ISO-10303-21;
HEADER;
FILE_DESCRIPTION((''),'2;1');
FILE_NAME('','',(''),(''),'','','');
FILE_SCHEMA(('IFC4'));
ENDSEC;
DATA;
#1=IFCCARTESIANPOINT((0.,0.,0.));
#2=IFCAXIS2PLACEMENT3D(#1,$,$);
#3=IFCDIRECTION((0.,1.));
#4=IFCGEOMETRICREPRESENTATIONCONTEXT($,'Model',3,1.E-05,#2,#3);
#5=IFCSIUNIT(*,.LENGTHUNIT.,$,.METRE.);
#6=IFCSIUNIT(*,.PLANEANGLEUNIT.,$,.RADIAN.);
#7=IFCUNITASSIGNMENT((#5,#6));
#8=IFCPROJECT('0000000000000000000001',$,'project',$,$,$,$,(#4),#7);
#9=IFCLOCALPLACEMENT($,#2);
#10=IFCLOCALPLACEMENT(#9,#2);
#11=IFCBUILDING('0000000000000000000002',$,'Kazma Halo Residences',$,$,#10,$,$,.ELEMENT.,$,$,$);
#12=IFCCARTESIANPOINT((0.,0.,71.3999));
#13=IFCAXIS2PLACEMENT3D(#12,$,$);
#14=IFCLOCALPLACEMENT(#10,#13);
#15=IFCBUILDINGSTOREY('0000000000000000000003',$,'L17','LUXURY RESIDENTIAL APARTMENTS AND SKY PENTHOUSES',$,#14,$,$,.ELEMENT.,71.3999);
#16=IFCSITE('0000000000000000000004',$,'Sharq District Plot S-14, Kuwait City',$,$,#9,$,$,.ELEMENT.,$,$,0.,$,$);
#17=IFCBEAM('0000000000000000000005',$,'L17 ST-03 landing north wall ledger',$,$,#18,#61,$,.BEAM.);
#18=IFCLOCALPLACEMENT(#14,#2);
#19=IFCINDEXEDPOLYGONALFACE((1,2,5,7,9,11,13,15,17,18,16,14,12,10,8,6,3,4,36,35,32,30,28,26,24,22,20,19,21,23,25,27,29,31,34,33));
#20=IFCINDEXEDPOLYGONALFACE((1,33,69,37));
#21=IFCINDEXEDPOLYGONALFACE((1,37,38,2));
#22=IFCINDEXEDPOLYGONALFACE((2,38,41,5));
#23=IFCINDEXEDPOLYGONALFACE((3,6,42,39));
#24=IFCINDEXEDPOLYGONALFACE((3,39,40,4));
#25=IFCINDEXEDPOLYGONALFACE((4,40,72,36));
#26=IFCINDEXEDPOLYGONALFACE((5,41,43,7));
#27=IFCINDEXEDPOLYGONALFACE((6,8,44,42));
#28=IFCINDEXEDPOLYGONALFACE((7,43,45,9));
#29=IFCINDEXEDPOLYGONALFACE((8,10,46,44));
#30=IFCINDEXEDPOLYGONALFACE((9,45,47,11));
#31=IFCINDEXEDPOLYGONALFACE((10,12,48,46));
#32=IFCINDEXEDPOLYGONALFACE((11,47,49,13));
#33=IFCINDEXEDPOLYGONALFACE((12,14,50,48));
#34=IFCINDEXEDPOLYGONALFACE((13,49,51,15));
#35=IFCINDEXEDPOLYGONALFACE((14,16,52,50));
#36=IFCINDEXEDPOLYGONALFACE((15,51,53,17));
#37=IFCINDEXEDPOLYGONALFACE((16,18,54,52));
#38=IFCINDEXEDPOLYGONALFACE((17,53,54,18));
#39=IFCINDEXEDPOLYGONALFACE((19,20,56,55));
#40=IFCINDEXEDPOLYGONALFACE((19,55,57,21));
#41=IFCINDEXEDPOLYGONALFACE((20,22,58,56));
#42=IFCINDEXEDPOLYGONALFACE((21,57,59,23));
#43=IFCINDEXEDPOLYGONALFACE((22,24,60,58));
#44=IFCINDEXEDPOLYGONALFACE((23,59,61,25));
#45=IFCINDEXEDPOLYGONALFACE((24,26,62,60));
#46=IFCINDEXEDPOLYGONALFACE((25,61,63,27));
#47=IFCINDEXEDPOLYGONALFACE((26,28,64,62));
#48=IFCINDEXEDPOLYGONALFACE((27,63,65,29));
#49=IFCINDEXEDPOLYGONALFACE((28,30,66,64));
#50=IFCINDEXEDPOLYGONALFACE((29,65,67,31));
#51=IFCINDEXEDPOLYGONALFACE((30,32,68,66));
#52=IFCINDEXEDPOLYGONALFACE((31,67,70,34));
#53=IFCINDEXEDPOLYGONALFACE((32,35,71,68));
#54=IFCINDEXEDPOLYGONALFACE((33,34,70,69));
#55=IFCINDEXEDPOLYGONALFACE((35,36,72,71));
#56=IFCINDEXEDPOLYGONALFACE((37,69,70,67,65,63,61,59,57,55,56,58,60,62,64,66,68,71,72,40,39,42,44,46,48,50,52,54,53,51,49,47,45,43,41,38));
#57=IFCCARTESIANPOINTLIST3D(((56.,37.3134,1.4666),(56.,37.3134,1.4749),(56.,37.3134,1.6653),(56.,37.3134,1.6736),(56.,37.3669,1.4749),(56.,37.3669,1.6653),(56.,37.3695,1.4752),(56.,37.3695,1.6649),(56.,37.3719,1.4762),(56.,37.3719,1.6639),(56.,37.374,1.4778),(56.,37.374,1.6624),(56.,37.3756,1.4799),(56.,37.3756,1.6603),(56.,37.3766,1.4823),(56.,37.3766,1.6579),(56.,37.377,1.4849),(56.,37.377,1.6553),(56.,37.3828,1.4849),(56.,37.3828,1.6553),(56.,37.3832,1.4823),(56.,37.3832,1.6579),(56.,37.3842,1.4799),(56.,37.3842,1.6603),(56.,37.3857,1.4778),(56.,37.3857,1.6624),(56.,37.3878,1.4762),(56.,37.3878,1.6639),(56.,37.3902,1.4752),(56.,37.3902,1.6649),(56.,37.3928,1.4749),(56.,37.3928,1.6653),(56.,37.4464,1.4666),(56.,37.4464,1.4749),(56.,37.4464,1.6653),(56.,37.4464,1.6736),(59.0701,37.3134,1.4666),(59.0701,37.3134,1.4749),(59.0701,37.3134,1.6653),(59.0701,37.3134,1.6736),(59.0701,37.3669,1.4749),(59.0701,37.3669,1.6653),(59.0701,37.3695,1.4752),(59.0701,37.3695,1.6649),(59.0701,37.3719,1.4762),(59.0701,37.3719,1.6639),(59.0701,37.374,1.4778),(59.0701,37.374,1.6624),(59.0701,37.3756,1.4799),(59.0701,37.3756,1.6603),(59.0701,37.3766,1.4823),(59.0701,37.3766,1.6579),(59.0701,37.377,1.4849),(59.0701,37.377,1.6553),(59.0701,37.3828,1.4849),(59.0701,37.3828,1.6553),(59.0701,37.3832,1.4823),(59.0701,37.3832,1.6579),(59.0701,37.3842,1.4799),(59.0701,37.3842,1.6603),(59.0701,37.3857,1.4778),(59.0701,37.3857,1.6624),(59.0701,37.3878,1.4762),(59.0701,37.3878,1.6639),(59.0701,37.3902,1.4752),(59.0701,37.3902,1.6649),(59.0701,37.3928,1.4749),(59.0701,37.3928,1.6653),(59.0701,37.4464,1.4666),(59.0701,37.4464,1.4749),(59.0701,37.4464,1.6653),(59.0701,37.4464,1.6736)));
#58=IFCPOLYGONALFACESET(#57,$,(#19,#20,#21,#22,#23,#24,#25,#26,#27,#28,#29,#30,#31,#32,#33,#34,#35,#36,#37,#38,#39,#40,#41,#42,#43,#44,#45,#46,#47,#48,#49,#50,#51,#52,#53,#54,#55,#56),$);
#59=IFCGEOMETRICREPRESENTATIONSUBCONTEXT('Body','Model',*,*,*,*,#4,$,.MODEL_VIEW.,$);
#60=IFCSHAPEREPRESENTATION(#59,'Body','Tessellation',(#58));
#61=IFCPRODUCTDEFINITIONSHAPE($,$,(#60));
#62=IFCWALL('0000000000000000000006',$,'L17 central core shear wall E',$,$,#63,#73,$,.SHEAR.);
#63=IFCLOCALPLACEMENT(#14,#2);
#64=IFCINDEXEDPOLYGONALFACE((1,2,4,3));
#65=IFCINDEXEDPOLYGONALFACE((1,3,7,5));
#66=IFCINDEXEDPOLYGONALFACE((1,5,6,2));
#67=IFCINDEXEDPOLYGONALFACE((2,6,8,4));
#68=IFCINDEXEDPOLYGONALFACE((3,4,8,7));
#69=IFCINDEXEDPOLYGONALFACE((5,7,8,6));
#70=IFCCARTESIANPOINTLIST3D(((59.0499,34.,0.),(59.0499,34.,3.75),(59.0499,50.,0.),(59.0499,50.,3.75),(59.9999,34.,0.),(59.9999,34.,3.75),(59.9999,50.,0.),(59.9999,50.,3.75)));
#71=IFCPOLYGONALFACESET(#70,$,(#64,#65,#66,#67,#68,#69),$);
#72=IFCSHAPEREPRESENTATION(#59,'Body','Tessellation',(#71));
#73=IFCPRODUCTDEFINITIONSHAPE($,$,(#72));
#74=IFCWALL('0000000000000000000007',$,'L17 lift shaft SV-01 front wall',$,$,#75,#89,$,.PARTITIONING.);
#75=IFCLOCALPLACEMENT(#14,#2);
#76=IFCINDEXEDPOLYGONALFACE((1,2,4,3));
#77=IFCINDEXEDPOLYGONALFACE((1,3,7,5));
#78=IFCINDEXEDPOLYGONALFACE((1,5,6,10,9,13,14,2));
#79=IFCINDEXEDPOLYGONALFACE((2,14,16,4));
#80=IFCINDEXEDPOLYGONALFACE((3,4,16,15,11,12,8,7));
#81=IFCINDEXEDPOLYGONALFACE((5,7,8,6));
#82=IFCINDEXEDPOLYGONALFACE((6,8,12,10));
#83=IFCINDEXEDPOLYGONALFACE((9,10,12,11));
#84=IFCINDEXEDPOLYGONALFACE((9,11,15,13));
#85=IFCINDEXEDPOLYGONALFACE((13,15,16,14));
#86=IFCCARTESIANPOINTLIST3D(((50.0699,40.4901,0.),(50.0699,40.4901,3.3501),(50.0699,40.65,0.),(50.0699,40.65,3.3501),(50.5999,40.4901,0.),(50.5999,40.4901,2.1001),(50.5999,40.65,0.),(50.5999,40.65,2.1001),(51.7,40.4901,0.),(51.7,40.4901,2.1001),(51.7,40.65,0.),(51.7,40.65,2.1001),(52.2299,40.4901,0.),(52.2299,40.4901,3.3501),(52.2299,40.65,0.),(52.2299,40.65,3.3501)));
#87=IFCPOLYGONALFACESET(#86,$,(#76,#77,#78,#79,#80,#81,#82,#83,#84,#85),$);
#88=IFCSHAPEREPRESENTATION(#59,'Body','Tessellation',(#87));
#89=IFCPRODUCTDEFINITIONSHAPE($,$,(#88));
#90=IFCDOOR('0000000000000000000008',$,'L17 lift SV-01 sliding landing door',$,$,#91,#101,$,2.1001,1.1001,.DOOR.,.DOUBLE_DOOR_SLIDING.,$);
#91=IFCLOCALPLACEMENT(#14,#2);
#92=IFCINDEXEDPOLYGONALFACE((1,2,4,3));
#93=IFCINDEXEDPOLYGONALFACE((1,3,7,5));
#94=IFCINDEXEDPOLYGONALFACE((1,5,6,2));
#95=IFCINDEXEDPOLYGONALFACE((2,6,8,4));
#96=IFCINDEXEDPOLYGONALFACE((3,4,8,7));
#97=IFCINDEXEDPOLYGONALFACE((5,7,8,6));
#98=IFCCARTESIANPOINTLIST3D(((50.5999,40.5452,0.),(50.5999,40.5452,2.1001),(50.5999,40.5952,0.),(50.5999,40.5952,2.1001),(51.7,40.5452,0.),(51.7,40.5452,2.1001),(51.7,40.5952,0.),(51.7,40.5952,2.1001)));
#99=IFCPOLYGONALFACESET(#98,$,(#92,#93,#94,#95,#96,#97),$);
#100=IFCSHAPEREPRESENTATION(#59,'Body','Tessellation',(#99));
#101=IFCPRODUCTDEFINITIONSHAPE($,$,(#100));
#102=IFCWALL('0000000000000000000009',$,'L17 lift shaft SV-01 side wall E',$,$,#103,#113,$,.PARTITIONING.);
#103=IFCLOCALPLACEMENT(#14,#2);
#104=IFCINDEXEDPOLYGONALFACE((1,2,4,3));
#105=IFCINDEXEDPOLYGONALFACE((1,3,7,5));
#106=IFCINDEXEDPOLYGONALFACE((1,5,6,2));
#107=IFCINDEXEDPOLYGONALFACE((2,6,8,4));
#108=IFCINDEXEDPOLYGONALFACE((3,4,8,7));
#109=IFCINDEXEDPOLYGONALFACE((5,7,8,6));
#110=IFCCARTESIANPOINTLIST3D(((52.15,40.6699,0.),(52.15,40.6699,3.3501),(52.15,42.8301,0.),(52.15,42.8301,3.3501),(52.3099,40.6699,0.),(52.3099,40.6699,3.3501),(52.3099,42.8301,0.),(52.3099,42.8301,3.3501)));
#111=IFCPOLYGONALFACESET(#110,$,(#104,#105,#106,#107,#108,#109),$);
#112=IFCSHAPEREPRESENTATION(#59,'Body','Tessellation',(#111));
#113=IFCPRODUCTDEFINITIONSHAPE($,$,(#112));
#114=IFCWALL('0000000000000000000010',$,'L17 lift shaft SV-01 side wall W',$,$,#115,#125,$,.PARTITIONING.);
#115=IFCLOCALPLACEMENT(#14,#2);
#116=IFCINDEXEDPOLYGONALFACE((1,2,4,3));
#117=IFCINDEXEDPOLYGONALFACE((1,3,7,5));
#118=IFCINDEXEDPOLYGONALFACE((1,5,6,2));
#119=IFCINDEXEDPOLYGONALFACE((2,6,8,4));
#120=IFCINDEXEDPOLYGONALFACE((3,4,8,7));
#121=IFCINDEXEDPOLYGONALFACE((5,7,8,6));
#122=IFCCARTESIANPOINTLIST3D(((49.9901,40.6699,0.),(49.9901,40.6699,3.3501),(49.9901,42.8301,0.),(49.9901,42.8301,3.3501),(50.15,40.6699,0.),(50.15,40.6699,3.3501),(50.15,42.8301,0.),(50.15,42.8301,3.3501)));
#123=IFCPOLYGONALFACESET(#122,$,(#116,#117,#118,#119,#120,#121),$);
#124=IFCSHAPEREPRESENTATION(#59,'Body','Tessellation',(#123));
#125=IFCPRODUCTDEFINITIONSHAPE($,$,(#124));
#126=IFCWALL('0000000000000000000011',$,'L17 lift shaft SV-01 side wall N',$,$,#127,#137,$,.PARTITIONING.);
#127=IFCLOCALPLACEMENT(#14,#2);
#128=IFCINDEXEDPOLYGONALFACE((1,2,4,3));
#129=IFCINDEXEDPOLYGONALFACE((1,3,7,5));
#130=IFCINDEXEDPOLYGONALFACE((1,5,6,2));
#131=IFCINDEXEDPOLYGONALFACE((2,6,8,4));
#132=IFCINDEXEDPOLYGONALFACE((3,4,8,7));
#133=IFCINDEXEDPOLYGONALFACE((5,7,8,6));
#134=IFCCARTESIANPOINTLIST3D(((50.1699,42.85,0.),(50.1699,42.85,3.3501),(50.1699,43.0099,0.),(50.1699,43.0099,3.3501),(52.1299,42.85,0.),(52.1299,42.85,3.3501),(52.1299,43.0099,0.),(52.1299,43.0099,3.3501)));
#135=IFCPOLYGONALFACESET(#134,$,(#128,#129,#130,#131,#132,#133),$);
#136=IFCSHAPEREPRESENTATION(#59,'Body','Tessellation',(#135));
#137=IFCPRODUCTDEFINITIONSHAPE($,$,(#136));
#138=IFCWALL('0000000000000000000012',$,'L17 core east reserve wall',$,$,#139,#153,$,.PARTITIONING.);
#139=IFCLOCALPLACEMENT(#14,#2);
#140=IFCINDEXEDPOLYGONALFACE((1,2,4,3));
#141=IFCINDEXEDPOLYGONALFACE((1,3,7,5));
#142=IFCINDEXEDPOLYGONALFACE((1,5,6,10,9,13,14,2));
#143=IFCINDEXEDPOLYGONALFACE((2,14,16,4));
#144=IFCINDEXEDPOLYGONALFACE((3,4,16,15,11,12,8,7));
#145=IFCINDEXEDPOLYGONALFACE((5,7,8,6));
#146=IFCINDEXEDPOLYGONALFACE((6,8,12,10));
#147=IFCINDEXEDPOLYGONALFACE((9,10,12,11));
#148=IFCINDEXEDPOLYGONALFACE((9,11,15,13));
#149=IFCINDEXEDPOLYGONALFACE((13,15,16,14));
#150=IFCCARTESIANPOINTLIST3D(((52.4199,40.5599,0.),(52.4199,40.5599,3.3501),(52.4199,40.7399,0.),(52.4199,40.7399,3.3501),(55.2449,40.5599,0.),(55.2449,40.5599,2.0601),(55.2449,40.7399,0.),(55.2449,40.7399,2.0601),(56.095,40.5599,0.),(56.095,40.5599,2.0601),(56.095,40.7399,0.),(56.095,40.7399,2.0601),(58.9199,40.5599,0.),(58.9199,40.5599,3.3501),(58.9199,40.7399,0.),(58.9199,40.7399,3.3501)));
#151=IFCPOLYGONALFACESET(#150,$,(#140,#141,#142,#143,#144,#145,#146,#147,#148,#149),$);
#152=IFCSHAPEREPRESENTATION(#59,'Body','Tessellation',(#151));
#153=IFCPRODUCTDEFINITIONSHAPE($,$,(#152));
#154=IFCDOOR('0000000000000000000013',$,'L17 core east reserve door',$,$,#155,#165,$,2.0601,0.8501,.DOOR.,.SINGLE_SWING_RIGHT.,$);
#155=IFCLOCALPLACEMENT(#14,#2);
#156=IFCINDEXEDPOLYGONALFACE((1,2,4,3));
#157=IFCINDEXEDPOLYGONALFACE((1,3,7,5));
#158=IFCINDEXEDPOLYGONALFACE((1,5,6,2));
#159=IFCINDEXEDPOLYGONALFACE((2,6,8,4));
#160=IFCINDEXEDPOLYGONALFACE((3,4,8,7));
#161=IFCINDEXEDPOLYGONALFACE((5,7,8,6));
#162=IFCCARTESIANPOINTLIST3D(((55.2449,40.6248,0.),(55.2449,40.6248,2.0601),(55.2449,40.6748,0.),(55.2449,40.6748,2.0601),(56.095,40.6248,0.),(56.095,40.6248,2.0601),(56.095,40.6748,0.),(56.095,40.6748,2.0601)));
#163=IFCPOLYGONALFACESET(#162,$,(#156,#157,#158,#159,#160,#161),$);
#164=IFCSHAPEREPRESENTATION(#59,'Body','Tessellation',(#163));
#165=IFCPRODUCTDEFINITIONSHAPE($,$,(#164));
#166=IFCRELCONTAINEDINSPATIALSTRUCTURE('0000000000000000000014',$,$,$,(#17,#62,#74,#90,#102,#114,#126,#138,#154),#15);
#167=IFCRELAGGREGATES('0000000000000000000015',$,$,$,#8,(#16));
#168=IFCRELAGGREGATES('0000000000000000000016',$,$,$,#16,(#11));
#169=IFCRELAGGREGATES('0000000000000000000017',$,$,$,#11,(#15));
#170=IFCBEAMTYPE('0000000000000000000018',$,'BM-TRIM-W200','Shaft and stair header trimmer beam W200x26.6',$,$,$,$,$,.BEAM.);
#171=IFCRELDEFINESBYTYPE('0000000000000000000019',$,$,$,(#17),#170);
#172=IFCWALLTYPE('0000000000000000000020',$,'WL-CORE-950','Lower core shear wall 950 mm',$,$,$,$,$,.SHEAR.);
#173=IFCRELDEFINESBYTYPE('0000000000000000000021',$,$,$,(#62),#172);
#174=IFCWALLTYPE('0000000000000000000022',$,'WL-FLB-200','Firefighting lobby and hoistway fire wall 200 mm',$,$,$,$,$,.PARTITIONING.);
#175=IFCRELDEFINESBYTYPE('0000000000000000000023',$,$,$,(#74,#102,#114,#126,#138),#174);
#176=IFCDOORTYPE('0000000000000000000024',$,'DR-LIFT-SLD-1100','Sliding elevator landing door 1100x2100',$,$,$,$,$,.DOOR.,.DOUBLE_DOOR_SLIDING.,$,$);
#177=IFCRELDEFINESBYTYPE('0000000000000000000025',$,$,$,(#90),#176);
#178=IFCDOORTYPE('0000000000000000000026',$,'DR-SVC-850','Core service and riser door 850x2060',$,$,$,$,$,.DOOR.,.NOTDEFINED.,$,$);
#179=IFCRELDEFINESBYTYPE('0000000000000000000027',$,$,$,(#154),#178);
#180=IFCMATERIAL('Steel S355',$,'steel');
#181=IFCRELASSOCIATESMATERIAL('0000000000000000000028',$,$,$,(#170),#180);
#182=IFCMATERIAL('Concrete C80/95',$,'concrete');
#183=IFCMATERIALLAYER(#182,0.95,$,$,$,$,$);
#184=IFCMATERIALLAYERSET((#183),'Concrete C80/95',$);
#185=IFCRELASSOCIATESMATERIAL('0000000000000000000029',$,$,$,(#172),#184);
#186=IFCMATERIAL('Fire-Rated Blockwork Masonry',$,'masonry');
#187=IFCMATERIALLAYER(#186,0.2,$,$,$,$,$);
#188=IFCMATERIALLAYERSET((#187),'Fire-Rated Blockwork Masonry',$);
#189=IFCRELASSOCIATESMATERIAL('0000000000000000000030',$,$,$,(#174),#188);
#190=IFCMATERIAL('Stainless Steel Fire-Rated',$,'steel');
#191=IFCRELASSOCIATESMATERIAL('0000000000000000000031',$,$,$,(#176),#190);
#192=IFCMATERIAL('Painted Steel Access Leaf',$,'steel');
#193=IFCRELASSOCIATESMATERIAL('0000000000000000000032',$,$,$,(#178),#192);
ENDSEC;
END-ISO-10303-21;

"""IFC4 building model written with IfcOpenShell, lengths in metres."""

from ifc_helpers import new_model, si_unit, direction, frame, frame_2d, origin, origin_2d, place, context, subcontext, project, spatial, rectangle, i_section, extrude, material, layer, layer_set, material_profile, profile_set, type_object, element, fill, save


model = new_model("IFC4")

# Units and contexts
model_context = context("Model", 3, precision=1e-05, world=origin(), true_north=direction((0.0, 1.0)))
body_context = subcontext(model_context, "Body", "Model", "MODEL_VIEW")
ifc_project = project(units=[si_unit("LENGTHUNIT", "METRE"), si_unit("PLANEANGLEUNIT", "RADIAN")], contexts=[model_context])

# Site, building, storey
site_placement = place(None, origin())
site = spatial("IfcSite", under=ifc_project, at=site_placement, Name="Sharq District Plot S-14, Kuwait City", CompositionType="ELEMENT", RefElevation=0.0)
building_placement = place(site_placement, origin())
building = spatial("IfcBuilding", under=site, at=building_placement, Name="Kazma Halo Residences", CompositionType="ELEMENT")
storey_placement = place(building_placement, frame((0.0, 0.0, 71.3999)))
storey = spatial("IfcBuildingStorey", under=building, at=storey_placement, Name="L17", Description="LUXURY RESIDENTIAL APARTMENTS AND SKY PENTHOUSES", CompositionType="ELEMENT", Elevation=71.3999)

# Shared definitions
ifc_material_1 = material(Name="Steel S355", Category="steel")

# Beam
ifc_material_profile_1 = material_profile(ifc_material_1, i_section(OverallWidth=0.1331, OverallDepth=0.207, WebThickness=0.0059, FlangeThickness=0.0083, FilletRadius=0.01, at=origin_2d()), Name="W200x26.6")
ifc_profile_set_1 = profile_set([ifc_material_profile_1], Name="Steel S355")
beam_type_1 = type_object("IfcBeamType", Name="BM-TRIM-W200", Description="Shaft and stair header trimmer beam W200x26.6", PredefinedType="BEAM", material=ifc_profile_set_1)
beam_1_placement = place(storey_placement, frame((56.0, 37.3799, 1.5701), z_axis=(1.0, 0.0, 0.0), x_axis=(0.0, 1.0, 0.0)))
element("IfcBeam", 1, at=beam_1_placement, inside=storey, type_object=beam_type_1, Name="L17 ST-03 landing north wall ledger", PredefinedType="BEAM", context=body_context, shape_type="SweptSolid", body=[
    extrude(i_section(OverallWidth=0.1331, OverallDepth=0.207, WebThickness=0.0059, FlangeThickness=0.0083, FilletRadius=0.01, at=origin_2d()), origin(), (0.0, 0.0, 1.0), 3.0701),
])

# Wall
ifc_material_2 = material(Name="Concrete C80/95", Category="concrete")
ifc_layer_1 = layer(ifc_material_2, 0.95)
ifc_layer_set_1 = layer_set([ifc_layer_1], Name="Concrete C80/95")
wall_type_1 = type_object("IfcWallType", Name="WL-CORE-950", Description="Lower core shear wall 950 mm", PredefinedType="SHEAR", material=ifc_layer_set_1)
wall_1_placement = place(storey_placement, frame((59.5249, 34.0, 0.0), z_axis=(0.0, 0.0, 1.0), x_axis=(0.0, 1.0, 0.0)))
element("IfcWall", 2, at=wall_1_placement, inside=storey, type_object=wall_type_1, Name="L17 central core shear wall E", PredefinedType="SHEAR", context=body_context, shape_type="SweptSolid", body=[
    extrude(rectangle(XDim=16.0, YDim=0.95, at=frame_2d((8.0, 0.0))), origin(), (0.0, 0.0, 1.0), 3.75),
])

# Wall, opening, door
ifc_material_3 = material(Name="Fire-Rated Blockwork Masonry", Category="masonry")
ifc_layer_2 = layer(ifc_material_3, 0.2)
ifc_layer_set_2 = layer_set([ifc_layer_2], Name="Fire-Rated Blockwork Masonry")
wall_type_2 = type_object("IfcWallType", Name="WL-FLB-200", Description="Firefighting lobby and hoistway fire wall 200 mm", PredefinedType="PARTITIONING", material=ifc_layer_set_2)
wall_2_placement = place(storey_placement, frame((52.23, 40.5701, 0.0), z_axis=(0.0, 0.0, 1.0), x_axis=(-1.0, 0.0, 0.0)))
wall_2 = element("IfcWall", 3, at=wall_2_placement, inside=storey, type_object=wall_type_2, Name="L17 lift shaft SV-01 front wall", PredefinedType="PARTITIONING", context=body_context, shape_type="SweptSolid", body=[
    extrude(rectangle(XDim=2.1599, YDim=0.1599, at=frame_2d((1.0801, 0.0))), origin(), (0.0, 0.0, 1.0), 3.3501),
])
opening_1_placement = place(wall_2_placement, frame((0.53, 0.0, 0.0)))
opening_1 = element("IfcOpeningElement", 4, at=opening_1_placement, cuts=wall_2, PredefinedType="OPENING", context=body_context, shape_type="SweptSolid", body=[
    extrude(rectangle(XDim=1.1001, YDim=2.1001, at=frame_2d((0.55, 1.05))), frame((0.0, 0.0898, 0.0), z_axis=(0.0, -1.0, 0.0), x_axis=(1.0, 0.0, 0.0)), (0.0, 0.0, 1.0), 0.1799),
])
ifc_material_4 = material(Name="Stainless Steel Fire-Rated", Category="steel")
door_type_1 = type_object("IfcDoorType", Name="DR-LIFT-SLD-1100", Description="Sliding elevator landing door 1100x2100", OperationType="DOUBLE_DOOR_SLIDING", PredefinedType="DOOR", material=ifc_material_4)
door_1_placement = place(opening_1_placement, origin())
door_1 = element("IfcDoor", 5, at=door_1_placement, inside=storey, type_object=door_type_1, Name="L17 lift SV-01 sliding landing door", OperationType="DOUBLE_DOOR_SLIDING", OverallHeight=2.1001, OverallWidth=1.1001, PredefinedType="DOOR", context=body_context, shape_type="SweptSolid", body=[
    extrude(rectangle(XDim=1.1001, YDim=2.1001, at=frame_2d((0.55, 1.05))), frame((0.0, 0.0249, 0.0), z_axis=(0.0, -1.0, 0.0), x_axis=(1.0, 0.0, 0.0)), (0.0, 0.0, 1.0), 0.05),
])
fill(opening_1, door_1)

# Walls
for number, where, z_axis, x_axis, name in (
    (6, (52.23, 40.6699, 0.0), (0.0, 0.0, 1.0), (0.0, 1.0, 0.0), "L17 lift shaft SV-01 side wall E"),
    (7, (50.0701, 40.6699, 0.0), (0.0, 0.0, 1.0), (0.0, 1.0, 0.0), "L17 lift shaft SV-01 side wall W"),
):
    element("IfcWall", number, at=place(storey_placement, frame(where, z_axis=z_axis, x_axis=x_axis)), inside=storey, type_object=wall_type_2, Name=name, PredefinedType="PARTITIONING", context=body_context, shape_type="SweptSolid", body=[
        extrude(rectangle(XDim=2.1602, YDim=0.1599, at=frame_2d((1.0801, 0.0))), origin(), (0.0, 0.0, 1.0), 3.3501),
    ])
wall_3_placement = place(storey_placement, frame((50.1699, 42.9299, 0.0), z_axis=(0.0, 0.0, 1.0), x_axis=(1.0, 0.0, 0.0)))
element("IfcWall", 8, at=wall_3_placement, inside=storey, type_object=wall_type_2, Name="L17 lift shaft SV-01 side wall N", PredefinedType="PARTITIONING", context=body_context, shape_type="SweptSolid", body=[
    extrude(rectangle(XDim=1.96, YDim=0.1599, at=frame_2d((0.98, 0.0))), origin(), (0.0, 0.0, 1.0), 3.3501),
])

# Wall, opening, door
wall_4_placement = place(storey_placement, frame((52.4199, 40.6499, 0.0), z_axis=(0.0, 0.0, 1.0), x_axis=(1.0, 0.0, 0.0)))
wall_4 = element("IfcWall", 9, at=wall_4_placement, inside=storey, type_object=wall_type_2, Name="L17 core east reserve wall", PredefinedType="PARTITIONING", context=body_context, shape_type="SweptSolid", body=[
    extrude(rectangle(XDim=6.5, YDim=0.1799, at=frame_2d((3.25, 0.0))), origin(), (0.0, 0.0, 1.0), 3.3501),
])
opening_2_placement = place(wall_4_placement, frame((2.825, 0.0, 0.0)))
opening_2 = element("IfcOpeningElement", 10, at=opening_2_placement, cuts=wall_4, PredefinedType="OPENING", context=body_context, shape_type="SweptSolid", body=[
    extrude(rectangle(XDim=0.8501, YDim=2.0601, at=frame_2d((0.425, 1.03))), frame((0.0, 0.0999, 0.0), z_axis=(0.0, -1.0, 0.0), x_axis=(1.0, 0.0, 0.0)), (0.0, 0.0, 1.0), 0.2),
])
ifc_material_5 = material(Name="Painted Steel Access Leaf", Category="steel")
door_type_2 = type_object("IfcDoorType", Name="DR-SVC-850", Description="Core service and riser door 850x2060", OperationType="NOTDEFINED", PredefinedType="DOOR", material=ifc_material_5)
door_2_placement = place(opening_2_placement, origin())
door_2 = element("IfcDoor", 11, at=door_2_placement, inside=storey, type_object=door_type_2, Name="L17 core east reserve door", OperationType="SINGLE_SWING_RIGHT", OverallHeight=2.0601, OverallWidth=0.8501, PredefinedType="DOOR", context=body_context, shape_type="SweptSolid", body=[
    extrude(rectangle(XDim=0.8501, YDim=2.0601, at=frame_2d((0.425, 1.03))), frame((0.0, 0.0249, 0.0), z_axis=(0.0, -1.0, 0.0), x_axis=(1.0, 0.0, 0.0)), (0.0, 0.0, 1.0), 0.05),
])
fill(opening_2, door_2)

save(model, "model.ifc")
